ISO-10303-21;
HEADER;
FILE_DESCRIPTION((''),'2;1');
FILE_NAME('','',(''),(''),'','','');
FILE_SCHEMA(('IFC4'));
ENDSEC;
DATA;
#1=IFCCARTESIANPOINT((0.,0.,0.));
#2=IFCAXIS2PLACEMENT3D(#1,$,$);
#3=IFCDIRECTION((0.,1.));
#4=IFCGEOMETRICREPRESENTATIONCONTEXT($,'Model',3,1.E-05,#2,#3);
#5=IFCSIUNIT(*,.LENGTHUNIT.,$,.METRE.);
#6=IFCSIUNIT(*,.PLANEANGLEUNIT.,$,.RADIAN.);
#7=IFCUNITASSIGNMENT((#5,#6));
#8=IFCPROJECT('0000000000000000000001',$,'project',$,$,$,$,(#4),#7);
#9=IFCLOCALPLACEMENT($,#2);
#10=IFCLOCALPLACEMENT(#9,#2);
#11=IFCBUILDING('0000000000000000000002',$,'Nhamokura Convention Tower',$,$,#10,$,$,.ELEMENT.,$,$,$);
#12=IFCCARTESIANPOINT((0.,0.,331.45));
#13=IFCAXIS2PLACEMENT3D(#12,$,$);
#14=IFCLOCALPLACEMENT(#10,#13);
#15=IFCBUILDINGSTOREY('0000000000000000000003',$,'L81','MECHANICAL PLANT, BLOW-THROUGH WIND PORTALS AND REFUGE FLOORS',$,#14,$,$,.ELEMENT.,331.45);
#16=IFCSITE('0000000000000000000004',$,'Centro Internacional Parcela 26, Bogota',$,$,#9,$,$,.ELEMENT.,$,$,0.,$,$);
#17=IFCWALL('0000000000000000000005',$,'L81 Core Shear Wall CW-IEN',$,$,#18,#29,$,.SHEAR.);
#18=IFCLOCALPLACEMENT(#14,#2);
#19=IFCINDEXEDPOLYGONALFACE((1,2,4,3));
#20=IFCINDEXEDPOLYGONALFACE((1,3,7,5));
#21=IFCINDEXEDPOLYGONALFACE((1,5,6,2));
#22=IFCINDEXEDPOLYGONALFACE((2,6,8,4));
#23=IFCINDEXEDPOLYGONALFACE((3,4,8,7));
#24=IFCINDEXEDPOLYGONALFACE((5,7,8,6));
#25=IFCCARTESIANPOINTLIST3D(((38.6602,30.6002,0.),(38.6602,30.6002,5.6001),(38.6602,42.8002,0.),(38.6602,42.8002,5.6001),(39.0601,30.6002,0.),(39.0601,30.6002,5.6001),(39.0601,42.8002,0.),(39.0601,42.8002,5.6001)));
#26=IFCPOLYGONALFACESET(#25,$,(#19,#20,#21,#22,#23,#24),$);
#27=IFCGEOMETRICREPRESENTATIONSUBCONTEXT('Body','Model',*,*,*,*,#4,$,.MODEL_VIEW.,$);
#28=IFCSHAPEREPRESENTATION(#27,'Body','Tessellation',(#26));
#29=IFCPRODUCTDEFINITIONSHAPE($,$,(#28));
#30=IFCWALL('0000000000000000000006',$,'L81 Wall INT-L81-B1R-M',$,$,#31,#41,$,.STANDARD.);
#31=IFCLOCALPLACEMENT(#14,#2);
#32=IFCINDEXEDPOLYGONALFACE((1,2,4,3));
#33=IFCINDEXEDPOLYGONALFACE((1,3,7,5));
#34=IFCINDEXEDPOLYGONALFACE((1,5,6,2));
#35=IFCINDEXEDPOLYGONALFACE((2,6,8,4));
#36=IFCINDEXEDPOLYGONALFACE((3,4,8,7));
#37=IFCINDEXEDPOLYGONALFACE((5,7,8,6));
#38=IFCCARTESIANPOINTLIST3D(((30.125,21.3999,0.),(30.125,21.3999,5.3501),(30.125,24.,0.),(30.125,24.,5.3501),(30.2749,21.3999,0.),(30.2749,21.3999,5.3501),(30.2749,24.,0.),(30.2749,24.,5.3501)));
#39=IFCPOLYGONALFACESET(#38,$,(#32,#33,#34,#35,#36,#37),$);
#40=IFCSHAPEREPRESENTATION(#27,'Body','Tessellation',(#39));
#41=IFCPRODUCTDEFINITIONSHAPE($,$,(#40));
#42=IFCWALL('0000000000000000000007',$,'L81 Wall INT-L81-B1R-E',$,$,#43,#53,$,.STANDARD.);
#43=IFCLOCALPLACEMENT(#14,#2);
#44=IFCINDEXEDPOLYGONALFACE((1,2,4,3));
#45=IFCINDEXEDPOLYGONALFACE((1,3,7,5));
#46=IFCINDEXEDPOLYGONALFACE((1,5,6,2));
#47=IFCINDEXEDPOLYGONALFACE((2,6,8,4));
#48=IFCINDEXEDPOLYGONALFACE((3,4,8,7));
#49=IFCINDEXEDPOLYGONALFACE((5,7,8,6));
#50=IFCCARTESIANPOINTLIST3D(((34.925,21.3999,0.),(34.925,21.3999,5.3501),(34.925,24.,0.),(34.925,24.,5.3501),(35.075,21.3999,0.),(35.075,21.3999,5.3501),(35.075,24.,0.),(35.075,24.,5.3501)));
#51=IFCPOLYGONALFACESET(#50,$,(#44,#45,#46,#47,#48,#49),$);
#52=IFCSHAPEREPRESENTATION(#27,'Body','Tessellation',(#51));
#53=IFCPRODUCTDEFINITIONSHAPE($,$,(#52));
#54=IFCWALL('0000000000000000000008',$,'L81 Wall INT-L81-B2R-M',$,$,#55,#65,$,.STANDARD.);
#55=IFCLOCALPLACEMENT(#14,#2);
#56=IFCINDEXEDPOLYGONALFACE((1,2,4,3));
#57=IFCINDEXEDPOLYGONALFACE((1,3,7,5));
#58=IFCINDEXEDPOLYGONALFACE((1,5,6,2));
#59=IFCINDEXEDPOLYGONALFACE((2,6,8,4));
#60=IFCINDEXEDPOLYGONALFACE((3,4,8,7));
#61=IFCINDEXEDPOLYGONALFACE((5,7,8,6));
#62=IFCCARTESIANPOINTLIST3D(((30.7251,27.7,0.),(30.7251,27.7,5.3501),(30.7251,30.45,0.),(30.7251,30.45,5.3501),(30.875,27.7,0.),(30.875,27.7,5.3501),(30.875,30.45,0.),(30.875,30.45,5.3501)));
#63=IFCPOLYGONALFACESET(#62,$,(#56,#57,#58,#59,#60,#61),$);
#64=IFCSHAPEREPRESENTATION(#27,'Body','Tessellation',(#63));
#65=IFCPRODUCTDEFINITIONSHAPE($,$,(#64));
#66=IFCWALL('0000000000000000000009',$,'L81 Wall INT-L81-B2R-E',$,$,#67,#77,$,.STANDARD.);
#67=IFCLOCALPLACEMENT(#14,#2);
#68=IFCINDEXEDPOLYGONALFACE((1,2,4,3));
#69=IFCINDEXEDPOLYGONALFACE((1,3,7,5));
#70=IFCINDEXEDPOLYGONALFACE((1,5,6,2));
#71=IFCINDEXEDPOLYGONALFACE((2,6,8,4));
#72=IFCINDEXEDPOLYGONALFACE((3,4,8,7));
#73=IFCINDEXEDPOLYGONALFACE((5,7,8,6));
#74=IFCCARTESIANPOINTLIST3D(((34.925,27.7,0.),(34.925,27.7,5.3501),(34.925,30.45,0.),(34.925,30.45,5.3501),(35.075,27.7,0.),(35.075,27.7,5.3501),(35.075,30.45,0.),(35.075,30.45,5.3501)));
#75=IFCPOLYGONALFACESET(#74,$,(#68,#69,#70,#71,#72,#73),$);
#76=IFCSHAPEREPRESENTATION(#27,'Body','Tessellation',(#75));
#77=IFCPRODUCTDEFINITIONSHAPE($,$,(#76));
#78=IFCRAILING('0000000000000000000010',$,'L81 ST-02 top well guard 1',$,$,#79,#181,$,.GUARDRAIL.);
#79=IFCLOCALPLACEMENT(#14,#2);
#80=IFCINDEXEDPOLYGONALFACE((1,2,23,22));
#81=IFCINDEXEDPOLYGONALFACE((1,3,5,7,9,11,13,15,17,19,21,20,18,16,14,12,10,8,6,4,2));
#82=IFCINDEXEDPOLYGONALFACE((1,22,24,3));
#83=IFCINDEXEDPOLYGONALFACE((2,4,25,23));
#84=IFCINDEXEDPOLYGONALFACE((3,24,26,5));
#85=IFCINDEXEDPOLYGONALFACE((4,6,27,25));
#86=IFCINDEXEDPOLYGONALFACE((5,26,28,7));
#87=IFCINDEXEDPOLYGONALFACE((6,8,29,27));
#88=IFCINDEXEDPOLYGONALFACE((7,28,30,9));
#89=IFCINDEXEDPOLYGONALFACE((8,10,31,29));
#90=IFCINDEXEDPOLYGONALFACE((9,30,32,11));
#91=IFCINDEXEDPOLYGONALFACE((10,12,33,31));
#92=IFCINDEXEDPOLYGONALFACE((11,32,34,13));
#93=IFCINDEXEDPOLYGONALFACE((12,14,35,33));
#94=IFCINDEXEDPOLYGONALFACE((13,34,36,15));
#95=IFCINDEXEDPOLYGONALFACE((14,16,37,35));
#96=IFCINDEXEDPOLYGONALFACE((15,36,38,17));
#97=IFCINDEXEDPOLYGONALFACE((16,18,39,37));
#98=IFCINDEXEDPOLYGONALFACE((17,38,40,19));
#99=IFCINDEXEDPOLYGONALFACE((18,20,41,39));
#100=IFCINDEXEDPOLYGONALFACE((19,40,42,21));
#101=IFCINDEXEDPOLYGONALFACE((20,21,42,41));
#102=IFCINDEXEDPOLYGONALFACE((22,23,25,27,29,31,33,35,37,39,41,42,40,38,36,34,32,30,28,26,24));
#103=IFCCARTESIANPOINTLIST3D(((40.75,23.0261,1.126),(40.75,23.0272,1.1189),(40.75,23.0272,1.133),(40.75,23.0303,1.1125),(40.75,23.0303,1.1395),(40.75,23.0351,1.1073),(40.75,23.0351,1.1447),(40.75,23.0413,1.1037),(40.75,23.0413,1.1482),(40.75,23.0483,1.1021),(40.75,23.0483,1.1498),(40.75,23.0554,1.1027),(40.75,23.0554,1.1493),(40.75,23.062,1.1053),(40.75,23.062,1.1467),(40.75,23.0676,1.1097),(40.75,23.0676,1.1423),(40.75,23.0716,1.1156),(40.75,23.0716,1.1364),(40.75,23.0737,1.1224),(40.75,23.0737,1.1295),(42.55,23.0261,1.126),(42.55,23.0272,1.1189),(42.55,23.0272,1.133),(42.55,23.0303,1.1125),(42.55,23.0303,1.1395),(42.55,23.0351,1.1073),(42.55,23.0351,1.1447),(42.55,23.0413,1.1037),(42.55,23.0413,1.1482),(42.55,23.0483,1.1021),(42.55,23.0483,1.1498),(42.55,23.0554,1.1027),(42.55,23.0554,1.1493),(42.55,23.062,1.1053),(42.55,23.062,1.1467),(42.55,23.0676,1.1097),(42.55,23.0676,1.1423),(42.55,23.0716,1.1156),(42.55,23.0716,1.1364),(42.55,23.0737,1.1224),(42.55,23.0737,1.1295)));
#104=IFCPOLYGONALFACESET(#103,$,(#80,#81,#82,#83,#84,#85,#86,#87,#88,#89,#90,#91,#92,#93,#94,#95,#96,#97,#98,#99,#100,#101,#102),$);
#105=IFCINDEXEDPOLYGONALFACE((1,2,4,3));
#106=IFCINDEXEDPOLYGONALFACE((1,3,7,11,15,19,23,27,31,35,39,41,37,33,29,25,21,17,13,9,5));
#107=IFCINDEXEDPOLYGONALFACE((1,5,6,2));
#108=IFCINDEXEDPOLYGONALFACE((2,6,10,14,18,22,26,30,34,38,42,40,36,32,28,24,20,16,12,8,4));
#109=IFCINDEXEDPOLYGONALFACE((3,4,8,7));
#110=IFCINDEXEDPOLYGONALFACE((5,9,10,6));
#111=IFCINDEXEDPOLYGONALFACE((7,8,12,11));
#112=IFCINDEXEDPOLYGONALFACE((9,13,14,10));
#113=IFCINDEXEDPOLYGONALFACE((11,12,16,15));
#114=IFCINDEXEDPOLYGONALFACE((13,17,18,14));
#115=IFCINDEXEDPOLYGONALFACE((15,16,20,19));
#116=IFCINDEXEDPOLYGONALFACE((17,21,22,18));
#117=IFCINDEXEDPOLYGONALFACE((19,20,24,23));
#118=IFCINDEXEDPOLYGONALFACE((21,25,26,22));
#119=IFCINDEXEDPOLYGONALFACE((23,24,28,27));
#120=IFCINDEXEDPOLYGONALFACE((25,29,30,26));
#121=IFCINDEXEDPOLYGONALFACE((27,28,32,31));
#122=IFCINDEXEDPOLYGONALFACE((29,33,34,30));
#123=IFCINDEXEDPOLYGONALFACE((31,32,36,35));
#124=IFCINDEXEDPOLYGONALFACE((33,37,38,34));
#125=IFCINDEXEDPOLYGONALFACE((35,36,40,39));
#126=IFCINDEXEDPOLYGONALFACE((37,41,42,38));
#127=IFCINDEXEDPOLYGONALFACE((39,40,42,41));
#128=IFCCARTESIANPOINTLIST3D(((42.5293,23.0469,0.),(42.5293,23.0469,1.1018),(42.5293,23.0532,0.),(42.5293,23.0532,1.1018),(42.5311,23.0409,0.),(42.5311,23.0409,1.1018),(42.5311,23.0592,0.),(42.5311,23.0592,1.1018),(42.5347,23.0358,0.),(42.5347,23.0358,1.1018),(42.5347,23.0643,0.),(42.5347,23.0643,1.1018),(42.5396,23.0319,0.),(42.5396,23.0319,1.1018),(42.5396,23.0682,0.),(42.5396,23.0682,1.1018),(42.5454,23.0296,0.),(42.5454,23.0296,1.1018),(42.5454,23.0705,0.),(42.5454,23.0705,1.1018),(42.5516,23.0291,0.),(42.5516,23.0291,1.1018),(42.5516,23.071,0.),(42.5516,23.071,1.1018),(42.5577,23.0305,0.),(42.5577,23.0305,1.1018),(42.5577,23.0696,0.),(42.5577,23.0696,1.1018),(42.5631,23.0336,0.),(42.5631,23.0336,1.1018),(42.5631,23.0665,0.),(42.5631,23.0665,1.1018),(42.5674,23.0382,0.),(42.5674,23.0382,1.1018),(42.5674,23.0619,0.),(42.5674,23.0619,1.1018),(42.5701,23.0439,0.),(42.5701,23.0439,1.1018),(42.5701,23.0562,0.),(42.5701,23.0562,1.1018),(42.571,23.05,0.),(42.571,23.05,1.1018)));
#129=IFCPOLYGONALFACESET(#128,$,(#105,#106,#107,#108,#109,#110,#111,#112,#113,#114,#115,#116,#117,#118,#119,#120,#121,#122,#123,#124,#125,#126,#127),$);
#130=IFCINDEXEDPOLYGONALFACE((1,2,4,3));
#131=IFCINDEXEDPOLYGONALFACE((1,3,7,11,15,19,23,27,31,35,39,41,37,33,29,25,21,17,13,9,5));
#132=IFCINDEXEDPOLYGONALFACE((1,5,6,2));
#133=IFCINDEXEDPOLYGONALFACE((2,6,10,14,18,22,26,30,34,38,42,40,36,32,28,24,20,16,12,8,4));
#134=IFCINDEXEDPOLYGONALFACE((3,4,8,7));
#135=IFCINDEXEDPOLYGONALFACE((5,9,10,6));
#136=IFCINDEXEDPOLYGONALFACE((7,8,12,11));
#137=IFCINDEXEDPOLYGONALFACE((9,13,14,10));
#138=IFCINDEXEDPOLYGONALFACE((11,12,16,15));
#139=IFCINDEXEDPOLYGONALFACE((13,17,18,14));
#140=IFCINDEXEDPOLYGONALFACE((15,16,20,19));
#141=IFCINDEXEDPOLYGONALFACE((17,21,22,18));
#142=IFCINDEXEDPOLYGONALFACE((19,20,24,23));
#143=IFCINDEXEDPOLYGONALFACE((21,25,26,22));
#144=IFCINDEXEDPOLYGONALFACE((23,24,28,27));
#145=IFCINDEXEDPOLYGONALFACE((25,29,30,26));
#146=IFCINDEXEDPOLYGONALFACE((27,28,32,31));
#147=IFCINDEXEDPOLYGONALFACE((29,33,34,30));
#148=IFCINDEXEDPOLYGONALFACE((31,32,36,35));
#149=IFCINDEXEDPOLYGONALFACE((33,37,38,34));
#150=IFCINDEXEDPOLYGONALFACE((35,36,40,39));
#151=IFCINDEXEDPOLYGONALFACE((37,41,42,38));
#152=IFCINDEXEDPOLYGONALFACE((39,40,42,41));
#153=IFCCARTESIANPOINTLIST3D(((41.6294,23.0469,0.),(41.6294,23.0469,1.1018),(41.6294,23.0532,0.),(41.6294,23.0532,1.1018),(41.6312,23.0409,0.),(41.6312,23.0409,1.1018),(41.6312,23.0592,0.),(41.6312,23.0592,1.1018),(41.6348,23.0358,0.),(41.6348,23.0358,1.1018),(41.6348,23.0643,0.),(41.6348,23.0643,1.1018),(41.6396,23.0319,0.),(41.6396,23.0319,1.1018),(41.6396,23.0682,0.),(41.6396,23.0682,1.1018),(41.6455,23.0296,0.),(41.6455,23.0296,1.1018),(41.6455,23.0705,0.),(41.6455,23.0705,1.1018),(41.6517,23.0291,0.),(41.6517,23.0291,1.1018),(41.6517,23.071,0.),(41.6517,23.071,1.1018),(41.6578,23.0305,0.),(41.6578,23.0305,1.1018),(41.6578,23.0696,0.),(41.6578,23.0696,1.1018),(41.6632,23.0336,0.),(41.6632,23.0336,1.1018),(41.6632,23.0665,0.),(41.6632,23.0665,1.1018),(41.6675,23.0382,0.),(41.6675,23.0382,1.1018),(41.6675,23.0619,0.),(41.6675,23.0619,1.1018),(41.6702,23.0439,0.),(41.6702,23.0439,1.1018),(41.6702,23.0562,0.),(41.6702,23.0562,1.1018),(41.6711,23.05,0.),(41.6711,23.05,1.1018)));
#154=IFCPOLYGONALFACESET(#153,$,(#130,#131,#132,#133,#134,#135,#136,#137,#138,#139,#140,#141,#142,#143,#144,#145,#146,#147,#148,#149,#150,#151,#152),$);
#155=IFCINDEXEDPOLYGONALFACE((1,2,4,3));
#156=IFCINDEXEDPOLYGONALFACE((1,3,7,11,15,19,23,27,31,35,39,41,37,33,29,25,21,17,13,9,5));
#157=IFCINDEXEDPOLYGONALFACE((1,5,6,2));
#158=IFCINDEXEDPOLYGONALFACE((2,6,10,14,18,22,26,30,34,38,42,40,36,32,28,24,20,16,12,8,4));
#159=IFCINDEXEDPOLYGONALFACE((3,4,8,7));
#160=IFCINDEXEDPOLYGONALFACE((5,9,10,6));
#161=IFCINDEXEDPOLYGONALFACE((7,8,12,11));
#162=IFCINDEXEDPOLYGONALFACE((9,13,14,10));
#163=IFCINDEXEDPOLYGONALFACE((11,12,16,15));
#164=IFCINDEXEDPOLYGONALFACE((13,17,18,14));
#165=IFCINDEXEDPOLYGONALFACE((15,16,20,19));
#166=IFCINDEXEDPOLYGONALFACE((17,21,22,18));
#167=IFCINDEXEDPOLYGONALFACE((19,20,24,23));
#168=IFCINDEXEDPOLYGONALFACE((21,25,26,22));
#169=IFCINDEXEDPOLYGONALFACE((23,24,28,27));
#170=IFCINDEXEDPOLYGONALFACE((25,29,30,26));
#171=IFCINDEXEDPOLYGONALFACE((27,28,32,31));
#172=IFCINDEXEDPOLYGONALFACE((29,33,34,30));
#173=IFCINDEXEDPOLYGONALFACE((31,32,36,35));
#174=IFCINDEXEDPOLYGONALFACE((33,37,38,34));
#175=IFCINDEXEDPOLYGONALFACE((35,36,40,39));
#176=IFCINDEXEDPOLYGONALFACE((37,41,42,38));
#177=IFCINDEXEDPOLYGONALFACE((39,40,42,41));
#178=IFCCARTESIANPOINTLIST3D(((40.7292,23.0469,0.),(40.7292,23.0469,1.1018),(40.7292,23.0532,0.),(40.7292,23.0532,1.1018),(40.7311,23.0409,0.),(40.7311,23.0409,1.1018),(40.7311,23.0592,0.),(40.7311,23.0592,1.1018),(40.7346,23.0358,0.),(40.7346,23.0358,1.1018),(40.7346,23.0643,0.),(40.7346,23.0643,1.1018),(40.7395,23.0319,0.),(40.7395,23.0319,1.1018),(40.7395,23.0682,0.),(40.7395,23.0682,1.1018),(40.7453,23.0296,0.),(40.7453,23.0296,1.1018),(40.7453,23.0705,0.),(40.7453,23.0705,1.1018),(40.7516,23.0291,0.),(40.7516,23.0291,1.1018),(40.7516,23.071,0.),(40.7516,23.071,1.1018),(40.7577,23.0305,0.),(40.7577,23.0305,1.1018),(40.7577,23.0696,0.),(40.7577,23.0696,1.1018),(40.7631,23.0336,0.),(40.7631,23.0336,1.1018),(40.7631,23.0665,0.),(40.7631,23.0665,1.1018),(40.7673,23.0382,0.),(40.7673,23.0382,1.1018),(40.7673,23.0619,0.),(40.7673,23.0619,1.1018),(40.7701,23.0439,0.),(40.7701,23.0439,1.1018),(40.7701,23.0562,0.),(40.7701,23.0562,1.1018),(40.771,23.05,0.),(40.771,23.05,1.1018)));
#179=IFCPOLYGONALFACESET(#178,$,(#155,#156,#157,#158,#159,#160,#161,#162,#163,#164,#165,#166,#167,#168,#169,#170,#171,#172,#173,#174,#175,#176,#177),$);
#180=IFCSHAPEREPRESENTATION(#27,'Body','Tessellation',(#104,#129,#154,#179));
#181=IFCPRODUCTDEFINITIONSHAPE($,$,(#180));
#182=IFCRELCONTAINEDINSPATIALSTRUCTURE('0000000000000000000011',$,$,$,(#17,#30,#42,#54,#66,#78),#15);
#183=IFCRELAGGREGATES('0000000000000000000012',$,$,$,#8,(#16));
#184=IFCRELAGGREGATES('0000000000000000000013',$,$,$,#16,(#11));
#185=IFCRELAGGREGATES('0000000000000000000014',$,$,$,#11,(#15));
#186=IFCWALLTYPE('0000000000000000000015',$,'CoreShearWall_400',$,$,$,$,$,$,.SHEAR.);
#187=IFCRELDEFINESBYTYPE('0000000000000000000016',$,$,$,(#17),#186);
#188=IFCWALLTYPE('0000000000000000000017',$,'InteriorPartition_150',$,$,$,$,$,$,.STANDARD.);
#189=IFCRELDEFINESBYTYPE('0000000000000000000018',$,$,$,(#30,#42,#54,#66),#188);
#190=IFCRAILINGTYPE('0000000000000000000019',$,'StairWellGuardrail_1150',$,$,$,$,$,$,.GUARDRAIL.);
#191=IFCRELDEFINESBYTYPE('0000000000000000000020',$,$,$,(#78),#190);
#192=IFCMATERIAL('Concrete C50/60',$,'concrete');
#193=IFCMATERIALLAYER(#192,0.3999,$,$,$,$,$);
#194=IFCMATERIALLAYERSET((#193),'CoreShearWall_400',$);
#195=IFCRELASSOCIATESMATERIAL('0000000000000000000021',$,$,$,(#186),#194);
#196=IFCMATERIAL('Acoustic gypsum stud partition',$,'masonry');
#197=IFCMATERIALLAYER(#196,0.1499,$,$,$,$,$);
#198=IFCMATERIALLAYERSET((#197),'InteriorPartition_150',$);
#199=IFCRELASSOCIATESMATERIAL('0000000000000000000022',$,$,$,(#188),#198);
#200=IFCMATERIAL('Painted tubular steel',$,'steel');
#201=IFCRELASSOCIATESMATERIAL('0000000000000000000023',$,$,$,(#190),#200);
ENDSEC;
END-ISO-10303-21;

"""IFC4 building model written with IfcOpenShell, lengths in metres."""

from ifc_helpers import new_model, si_unit, direction, frame, frame_2d, origin, origin_2d, place, context, subcontext, project, spatial, rectangle, circle, extrude, material, layer, layer_set, type_object, element, save


model = new_model("IFC4")

# Units and contexts
model_context = context("Model", 3, precision=1e-05, world=origin(), true_north=direction((0.0, 1.0)))
body_context = subcontext(model_context, "Body", "Model", "MODEL_VIEW")
ifc_project = project(units=[si_unit("LENGTHUNIT", "METRE"), si_unit("PLANEANGLEUNIT", "RADIAN")], contexts=[model_context])

# Site, building, storey
site_placement = place(None, origin())
site = spatial("IfcSite", under=ifc_project, at=site_placement, Name="Centro Internacional Parcela 26, Bogota", CompositionType="ELEMENT", RefElevation=0.0)
building_placement = place(site_placement, origin())
building = spatial("IfcBuilding", under=site, at=building_placement, Name="Nhamokura Convention Tower", CompositionType="ELEMENT")
storey_placement = place(building_placement, frame((0.0, 0.0, 331.45)))
storey = spatial("IfcBuildingStorey", under=building, at=storey_placement, Name="L81", Description="MECHANICAL PLANT, BLOW-THROUGH WIND PORTALS AND REFUGE FLOORS", CompositionType="ELEMENT", Elevation=331.45)

# Shared definitions
ifc_material_1 = material(Name="Concrete C50/60", Category="concrete")
ifc_layer_1 = layer(ifc_material_1, 0.3999)
ifc_layer_set_1 = layer_set([ifc_layer_1], Name="CoreShearWall_400")
wall_type_1 = type_object("IfcWallType", Name="CoreShearWall_400", PredefinedType="SHEAR", material=ifc_layer_set_1)

# Wall
wall_1_placement = place(storey_placement, frame((38.8601, 30.6001, 0.0), z_axis=(0.0, 0.0, 1.0), x_axis=(0.0, 1.0, 0.0)))
element("IfcWall", 1, at=wall_1_placement, inside=storey, type_object=wall_type_1, Name="L81 Core Shear Wall CW-IEN", PredefinedType="SHEAR", context=body_context, shape_type="SweptSolid", body=[
    extrude(rectangle(XDim=12.2, YDim=0.3999, at=frame_2d((6.1001, 0.0))), origin(), (0.0, 0.0, 1.0), 5.6001),
])

# Walls
ifc_material_2 = material(Name="Acoustic gypsum stud partition", Category="masonry")
ifc_layer_2 = layer(ifc_material_2, 0.1499)
ifc_layer_set_2 = layer_set([ifc_layer_2], Name="InteriorPartition_150")
wall_type_2 = type_object("IfcWallType", Name="InteriorPartition_150", PredefinedType="STANDARD", material=ifc_layer_set_2)
for number, where, z_axis, x_axis, name in (
    (2, (30.2, 21.3999, 0.0), (0.0, 0.0, 1.0), (0.0, 1.0, 0.0), "L81 Wall INT-L81-B1R-M"),
    (3, (35.0, 21.3999, 0.0), (0.0, 0.0, 1.0), (0.0, 1.0, 0.0), "L81 Wall INT-L81-B1R-E"),
):
    element("IfcWall", number, at=place(storey_placement, frame(where, z_axis=z_axis, x_axis=x_axis)), inside=storey, type_object=wall_type_2, Name=name, PredefinedType="STANDARD", context=body_context, shape_type="SweptSolid", body=[
        extrude(rectangle(XDim=2.6001, YDim=0.1499, at=frame_2d((1.3, 0.0))), origin(), (0.0, 0.0, 1.0), 5.3501),
    ])
for number, where, z_axis, x_axis, name in (
    (4, (30.8, 27.7, 0.0), (0.0, 0.0, 1.0), (0.0, 1.0, 0.0), "L81 Wall INT-L81-B2R-M"),
    (5, (35.0, 27.7, 0.0), (0.0, 0.0, 1.0), (0.0, 1.0, 0.0), "L81 Wall INT-L81-B2R-E"),
):
    element("IfcWall", number, at=place(storey_placement, frame(where, z_axis=z_axis, x_axis=x_axis)), inside=storey, type_object=wall_type_2, Name=name, PredefinedType="STANDARD", context=body_context, shape_type="SweptSolid", body=[
        extrude(rectangle(XDim=2.75, YDim=0.1499, at=frame_2d((1.375, 0.0))), origin(), (0.0, 0.0, 1.0), 5.3501),
    ])

# Railing
ifc_material_3 = material(Name="Painted tubular steel", Category="steel")
railing_type = type_object("IfcRailingType", Name="StairWellGuardrail_1150", PredefinedType="GUARDRAIL", material=ifc_material_3)
railing_placement = place(storey_placement, frame((42.55, 23.05, 0.0)))
element("IfcRailing", 6, at=railing_placement, inside=storey, type_object=railing_type, Name="L81 ST-02 top well guard 1", PredefinedType="GUARDRAIL", context=body_context, shape_type="SweptSolid", body=[
    extrude(circle(Radius=0.0239, at=origin_2d()), frame((0.0, 0.0, 1.126), z_axis=(-1.0, 0.0, 0.0), x_axis=(0.0, -1.0, 0.0)), (0.0, 0.0, 1.0), 1.8),
    extrude(circle(Radius=0.021, at=origin_2d()), origin(), (0.0, 0.0, 1.0), 1.1018),
    extrude(circle(Radius=0.021, at=origin_2d()), frame((-0.8999, 0.0, 0.0)), (0.0, 0.0, 1.0), 1.1018),
    extrude(circle(Radius=0.021, at=origin_2d()), frame((-1.8, 0.0, 0.0)), (0.0, 0.0, 1.0), 1.1018),
])

save(model, "model.ifc")
